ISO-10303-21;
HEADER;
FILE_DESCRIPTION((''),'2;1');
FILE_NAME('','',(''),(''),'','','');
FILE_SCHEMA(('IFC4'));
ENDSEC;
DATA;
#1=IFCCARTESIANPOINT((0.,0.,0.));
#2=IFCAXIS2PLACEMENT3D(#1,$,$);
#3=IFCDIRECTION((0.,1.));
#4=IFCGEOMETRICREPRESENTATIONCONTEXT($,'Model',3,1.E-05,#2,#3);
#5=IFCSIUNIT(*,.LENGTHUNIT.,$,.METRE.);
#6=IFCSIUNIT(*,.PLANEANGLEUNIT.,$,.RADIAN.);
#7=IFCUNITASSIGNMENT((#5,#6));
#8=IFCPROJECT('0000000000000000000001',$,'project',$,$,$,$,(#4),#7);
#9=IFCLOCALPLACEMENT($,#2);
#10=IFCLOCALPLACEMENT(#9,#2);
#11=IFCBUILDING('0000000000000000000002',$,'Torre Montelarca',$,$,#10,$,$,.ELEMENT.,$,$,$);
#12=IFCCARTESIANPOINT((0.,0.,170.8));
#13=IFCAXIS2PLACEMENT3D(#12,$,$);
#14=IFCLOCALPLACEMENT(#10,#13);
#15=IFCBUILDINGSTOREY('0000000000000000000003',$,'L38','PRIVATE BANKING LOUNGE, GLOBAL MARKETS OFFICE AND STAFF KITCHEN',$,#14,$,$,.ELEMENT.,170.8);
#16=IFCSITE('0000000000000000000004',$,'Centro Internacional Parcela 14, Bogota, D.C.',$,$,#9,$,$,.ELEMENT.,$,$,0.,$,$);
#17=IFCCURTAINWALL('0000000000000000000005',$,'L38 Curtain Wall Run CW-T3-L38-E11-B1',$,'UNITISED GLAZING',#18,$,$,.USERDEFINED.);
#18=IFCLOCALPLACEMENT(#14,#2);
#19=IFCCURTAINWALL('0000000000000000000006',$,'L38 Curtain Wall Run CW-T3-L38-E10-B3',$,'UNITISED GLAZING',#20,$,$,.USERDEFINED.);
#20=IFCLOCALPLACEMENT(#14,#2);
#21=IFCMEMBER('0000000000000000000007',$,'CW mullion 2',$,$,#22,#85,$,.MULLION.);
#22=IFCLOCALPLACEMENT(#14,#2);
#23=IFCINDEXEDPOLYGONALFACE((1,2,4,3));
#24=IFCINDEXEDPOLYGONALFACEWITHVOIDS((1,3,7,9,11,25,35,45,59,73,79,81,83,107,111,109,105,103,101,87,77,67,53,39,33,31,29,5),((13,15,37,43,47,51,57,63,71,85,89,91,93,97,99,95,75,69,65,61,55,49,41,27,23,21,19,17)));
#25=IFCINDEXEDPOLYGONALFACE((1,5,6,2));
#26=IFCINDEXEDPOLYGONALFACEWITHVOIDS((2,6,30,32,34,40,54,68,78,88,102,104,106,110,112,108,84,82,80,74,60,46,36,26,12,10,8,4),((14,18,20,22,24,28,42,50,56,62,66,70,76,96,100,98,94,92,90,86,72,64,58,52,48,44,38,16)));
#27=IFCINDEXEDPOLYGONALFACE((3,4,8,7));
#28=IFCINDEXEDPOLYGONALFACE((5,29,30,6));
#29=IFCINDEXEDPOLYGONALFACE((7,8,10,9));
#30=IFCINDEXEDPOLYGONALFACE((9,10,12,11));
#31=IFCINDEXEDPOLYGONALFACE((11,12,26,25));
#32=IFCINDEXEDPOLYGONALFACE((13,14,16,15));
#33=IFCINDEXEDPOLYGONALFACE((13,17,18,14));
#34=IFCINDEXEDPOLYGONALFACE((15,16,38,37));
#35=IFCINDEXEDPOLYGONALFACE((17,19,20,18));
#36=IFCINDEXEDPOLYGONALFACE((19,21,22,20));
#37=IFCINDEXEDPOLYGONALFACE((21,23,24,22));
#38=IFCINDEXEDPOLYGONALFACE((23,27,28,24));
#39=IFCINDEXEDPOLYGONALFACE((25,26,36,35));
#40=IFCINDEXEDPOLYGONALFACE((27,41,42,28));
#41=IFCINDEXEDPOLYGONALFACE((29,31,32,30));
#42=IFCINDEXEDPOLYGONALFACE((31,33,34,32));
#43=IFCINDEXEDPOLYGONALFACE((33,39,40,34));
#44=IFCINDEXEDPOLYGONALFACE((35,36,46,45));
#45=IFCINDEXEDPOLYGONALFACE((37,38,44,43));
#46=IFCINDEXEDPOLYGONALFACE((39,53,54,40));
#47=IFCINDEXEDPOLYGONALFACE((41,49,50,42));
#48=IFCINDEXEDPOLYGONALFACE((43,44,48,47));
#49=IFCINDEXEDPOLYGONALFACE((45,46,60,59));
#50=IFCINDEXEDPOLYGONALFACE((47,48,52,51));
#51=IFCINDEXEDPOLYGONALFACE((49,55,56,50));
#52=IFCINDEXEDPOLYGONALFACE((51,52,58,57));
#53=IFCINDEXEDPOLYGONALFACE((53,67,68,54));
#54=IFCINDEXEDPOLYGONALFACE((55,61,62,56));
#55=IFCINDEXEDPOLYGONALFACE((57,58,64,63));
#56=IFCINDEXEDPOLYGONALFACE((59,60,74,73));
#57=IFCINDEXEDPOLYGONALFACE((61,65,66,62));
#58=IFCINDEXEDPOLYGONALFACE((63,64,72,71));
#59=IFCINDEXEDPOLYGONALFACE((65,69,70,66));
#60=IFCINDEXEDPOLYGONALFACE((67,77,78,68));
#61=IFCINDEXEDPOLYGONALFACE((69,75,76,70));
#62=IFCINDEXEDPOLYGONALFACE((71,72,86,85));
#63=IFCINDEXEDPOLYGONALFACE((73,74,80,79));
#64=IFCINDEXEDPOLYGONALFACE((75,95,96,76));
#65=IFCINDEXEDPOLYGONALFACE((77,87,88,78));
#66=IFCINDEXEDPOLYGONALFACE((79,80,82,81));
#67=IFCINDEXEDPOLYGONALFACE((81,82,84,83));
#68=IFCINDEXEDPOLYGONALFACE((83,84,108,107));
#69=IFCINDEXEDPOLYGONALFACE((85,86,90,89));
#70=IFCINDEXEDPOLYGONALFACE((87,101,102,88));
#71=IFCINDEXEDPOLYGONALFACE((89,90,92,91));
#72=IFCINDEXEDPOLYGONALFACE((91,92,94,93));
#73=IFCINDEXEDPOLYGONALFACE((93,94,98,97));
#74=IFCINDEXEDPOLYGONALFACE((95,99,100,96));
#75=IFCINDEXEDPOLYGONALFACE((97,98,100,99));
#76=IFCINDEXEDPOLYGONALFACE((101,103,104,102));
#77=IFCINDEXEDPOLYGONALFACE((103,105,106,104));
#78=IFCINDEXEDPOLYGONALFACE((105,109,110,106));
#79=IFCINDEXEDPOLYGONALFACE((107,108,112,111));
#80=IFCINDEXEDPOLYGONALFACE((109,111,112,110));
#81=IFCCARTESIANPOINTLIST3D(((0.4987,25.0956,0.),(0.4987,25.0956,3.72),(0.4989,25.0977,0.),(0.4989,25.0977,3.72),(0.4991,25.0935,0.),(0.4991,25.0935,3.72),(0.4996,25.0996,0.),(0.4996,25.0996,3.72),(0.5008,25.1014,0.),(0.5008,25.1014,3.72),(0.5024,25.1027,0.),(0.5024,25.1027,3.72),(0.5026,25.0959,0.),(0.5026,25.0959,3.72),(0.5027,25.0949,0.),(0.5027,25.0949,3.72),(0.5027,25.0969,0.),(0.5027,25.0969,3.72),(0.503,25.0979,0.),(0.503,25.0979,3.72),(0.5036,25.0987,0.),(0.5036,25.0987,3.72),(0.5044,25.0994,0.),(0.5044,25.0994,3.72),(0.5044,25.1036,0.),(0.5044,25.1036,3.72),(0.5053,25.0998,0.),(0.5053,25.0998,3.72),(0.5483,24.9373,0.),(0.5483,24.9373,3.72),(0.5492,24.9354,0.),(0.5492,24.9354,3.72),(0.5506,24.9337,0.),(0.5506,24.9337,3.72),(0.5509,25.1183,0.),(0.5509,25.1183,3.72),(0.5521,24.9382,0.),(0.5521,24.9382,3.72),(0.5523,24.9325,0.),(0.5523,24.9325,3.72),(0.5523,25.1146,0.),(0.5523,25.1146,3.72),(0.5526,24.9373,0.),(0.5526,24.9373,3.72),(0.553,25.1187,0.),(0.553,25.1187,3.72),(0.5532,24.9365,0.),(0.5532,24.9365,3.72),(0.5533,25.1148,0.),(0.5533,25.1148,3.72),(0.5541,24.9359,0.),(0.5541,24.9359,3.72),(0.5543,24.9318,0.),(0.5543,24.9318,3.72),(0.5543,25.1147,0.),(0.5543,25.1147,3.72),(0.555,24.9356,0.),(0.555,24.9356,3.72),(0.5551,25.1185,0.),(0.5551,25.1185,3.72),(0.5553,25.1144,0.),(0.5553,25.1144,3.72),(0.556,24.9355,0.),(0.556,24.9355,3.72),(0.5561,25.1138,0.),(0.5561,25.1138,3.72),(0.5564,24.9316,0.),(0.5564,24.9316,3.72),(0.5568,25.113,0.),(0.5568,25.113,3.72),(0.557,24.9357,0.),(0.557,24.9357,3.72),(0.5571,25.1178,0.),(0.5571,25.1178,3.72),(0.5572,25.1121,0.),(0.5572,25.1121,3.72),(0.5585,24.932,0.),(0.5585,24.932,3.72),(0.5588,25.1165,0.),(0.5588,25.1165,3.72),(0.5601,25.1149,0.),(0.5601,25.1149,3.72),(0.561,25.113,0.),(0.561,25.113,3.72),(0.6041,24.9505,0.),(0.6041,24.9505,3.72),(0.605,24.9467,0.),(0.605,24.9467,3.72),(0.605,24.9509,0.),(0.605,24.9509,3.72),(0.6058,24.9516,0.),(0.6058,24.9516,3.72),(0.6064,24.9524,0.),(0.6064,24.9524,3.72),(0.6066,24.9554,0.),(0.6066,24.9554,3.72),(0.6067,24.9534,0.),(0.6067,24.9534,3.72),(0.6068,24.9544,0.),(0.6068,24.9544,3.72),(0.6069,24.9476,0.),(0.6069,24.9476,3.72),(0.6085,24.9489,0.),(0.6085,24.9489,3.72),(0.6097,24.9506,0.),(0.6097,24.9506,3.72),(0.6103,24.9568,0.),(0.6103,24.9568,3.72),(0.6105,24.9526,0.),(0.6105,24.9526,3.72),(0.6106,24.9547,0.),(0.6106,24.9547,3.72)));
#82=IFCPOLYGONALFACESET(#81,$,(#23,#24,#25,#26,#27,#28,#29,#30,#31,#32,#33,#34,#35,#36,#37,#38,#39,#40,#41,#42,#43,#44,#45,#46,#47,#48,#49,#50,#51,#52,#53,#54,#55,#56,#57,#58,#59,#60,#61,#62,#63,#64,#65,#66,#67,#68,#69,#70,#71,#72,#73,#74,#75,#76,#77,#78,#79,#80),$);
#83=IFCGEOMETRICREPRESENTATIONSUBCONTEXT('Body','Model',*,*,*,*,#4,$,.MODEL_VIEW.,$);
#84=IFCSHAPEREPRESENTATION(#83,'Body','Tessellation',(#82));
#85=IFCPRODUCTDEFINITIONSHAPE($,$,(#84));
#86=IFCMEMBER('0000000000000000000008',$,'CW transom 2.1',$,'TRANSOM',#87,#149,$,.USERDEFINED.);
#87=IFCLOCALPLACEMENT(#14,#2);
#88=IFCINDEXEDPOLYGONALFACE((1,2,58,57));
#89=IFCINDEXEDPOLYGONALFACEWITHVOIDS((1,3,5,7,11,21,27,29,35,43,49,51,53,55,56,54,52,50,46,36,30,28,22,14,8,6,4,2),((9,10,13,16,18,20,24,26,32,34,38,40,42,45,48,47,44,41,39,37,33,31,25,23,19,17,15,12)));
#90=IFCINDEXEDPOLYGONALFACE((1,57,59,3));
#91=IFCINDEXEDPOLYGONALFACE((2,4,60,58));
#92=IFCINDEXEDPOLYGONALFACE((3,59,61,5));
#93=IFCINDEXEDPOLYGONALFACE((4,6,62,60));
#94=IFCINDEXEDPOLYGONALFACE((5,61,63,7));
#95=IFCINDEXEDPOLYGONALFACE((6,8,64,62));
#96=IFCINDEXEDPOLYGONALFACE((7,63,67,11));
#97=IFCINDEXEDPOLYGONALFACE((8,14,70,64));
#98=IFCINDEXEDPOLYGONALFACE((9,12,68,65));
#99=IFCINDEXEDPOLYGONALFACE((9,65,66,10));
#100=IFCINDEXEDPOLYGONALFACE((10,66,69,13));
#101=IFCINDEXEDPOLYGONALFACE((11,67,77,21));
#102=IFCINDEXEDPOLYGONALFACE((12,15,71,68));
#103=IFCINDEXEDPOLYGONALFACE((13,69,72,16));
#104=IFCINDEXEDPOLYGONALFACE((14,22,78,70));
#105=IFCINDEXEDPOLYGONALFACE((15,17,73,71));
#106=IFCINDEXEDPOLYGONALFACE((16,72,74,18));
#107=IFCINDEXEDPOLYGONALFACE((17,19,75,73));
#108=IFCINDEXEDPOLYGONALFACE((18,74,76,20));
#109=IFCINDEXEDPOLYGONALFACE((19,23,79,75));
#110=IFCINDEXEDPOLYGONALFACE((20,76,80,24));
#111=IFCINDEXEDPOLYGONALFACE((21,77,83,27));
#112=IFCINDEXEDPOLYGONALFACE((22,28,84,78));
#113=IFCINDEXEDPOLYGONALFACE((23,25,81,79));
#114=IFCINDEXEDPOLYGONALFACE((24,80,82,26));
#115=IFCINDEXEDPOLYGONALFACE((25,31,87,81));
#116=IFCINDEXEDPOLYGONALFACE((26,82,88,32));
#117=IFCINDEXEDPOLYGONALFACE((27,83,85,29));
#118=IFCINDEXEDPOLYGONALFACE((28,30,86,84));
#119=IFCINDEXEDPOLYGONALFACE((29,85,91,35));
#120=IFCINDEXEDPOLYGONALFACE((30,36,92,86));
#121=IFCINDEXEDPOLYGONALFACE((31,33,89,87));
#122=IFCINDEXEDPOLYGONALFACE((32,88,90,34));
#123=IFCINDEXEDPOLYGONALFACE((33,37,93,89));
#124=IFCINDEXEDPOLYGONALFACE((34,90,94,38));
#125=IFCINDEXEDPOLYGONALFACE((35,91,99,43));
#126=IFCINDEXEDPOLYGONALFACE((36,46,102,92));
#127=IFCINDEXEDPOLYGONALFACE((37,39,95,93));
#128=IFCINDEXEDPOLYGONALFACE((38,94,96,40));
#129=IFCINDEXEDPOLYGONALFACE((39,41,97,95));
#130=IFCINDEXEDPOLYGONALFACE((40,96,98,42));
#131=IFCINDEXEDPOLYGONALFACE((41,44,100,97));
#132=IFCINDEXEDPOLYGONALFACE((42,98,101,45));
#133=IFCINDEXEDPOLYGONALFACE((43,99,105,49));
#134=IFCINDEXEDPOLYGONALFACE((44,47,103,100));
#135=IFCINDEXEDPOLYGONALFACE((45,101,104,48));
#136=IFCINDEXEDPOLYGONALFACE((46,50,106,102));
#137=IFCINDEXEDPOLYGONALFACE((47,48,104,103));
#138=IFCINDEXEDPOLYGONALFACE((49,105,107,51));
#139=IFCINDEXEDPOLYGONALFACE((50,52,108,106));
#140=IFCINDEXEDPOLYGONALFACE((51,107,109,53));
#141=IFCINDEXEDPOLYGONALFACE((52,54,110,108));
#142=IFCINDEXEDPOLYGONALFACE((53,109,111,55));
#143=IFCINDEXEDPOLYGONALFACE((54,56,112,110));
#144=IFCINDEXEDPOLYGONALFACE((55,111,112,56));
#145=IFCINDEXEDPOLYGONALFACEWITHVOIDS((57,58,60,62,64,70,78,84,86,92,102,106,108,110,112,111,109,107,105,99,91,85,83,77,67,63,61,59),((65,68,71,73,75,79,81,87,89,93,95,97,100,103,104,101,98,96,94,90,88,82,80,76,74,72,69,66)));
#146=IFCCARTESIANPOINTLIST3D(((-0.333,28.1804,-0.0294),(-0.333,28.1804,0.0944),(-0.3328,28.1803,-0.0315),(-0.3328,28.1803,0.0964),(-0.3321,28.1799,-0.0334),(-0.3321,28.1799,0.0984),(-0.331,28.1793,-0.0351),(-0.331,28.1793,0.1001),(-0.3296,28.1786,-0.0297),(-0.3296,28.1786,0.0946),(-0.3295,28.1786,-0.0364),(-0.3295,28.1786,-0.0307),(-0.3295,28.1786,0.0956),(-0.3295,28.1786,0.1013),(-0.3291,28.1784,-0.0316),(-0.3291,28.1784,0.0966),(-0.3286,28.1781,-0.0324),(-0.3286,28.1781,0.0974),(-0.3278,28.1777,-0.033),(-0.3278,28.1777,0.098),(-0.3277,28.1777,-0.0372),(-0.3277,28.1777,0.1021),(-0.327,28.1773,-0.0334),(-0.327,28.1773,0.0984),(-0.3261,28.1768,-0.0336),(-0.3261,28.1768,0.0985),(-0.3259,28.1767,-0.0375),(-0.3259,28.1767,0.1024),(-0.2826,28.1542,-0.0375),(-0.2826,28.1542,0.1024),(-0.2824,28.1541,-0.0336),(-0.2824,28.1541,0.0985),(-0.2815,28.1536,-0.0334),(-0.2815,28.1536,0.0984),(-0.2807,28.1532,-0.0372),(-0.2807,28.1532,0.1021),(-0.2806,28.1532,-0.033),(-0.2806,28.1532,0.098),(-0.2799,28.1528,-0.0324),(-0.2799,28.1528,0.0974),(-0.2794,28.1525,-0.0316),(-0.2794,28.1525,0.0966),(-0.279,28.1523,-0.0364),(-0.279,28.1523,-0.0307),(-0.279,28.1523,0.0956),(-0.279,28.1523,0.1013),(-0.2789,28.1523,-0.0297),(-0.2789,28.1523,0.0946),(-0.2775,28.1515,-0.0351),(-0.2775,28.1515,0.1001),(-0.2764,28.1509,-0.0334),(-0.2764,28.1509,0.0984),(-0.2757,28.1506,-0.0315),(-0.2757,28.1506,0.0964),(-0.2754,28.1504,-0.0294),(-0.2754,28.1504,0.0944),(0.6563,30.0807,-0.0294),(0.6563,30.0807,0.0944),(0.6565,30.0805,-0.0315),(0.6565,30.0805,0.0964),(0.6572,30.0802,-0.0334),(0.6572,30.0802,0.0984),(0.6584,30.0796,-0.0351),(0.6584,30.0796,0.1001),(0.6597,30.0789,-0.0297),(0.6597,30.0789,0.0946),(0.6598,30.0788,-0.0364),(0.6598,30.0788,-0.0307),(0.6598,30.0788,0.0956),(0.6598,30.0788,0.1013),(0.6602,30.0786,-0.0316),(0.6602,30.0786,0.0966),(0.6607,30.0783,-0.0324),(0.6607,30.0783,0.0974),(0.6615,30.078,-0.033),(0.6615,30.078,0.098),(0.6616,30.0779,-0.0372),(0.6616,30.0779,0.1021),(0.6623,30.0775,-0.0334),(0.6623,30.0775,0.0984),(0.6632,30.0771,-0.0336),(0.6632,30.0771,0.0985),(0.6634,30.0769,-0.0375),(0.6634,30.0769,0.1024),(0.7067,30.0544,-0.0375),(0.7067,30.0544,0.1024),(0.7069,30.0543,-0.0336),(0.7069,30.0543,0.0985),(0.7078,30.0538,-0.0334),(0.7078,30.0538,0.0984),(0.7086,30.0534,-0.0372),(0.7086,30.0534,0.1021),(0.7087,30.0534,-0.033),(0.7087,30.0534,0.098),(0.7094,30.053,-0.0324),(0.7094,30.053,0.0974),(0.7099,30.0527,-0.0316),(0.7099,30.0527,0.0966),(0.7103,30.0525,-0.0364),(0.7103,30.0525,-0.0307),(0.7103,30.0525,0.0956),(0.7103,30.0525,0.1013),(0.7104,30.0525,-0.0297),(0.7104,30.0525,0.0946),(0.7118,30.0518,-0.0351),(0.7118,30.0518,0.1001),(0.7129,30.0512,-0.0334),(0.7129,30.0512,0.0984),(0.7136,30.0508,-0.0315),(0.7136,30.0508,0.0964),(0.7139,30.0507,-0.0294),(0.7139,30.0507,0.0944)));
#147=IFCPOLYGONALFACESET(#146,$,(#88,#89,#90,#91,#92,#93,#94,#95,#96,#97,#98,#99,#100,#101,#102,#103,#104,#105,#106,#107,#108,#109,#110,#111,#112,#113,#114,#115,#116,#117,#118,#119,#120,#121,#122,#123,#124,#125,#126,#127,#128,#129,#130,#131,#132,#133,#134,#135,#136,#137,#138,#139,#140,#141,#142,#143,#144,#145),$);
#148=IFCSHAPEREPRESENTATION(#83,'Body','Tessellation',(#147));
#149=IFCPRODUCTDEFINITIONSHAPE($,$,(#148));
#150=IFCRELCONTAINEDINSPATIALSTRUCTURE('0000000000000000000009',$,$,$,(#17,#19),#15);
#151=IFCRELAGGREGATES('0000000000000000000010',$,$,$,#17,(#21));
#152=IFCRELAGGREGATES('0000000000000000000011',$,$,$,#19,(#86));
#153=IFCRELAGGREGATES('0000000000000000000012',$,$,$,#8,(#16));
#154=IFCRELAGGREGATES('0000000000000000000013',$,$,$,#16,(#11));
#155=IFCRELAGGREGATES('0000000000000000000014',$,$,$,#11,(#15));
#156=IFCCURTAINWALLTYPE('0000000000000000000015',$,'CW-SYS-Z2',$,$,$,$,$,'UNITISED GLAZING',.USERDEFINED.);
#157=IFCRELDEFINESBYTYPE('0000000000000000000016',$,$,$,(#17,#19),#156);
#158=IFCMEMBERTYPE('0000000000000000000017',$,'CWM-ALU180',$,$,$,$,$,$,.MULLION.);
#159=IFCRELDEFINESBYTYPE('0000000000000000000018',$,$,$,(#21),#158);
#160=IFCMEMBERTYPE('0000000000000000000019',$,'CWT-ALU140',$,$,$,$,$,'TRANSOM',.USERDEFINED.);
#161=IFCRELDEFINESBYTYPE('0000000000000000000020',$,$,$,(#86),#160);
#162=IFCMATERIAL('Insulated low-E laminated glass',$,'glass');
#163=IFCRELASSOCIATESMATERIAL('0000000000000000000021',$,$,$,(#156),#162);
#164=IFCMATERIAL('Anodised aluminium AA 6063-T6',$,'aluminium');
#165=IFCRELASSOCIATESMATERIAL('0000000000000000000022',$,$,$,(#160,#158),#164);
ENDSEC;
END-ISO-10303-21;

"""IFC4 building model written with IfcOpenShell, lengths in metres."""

from ifc_helpers import new_model, si_unit, direction, frame, origin, origin_2d, place, context, subcontext, project, spatial, hollow_rectangle, extrude, source, transform, mapped, material, material_profile, profile_set, type_object, element, aggregate, save


model = new_model("IFC4")

# Units and contexts
model_context = context("Model", 3, precision=1e-05, world=origin(), true_north=direction((0.0, 1.0)))
body_context = subcontext(model_context, "Body", "Model", "MODEL_VIEW")
ifc_project = project(units=[si_unit("LENGTHUNIT", "METRE"), si_unit("PLANEANGLEUNIT", "RADIAN")], contexts=[model_context])

# Site, building, storey
site_placement = place(None, origin())
site = spatial("IfcSite", under=ifc_project, at=site_placement, Name="Centro Internacional Parcela 14, Bogota, D.C.", CompositionType="ELEMENT", RefElevation=0.0)
building_placement = place(site_placement, origin())
building = spatial("IfcBuilding", under=site, at=building_placement, Name="Torre Montelarca", CompositionType="ELEMENT")
storey_placement = place(building_placement, frame((0.0, 0.0, 170.8)))
storey = spatial("IfcBuildingStorey", under=building, at=storey_placement, Name="L38", Description="PRIVATE BANKING LOUNGE, GLOBAL MARKETS OFFICE AND STAFF KITCHEN", CompositionType="ELEMENT", Elevation=170.8)

# Curtain wall
ifc_material_1 = material(Name="Insulated low-E laminated glass", Category="glass")
curtain_wall_type = type_object("IfcCurtainWallType", Name="CW-SYS-Z2", ElementType="UNITISED GLAZING", PredefinedType="USERDEFINED", material=ifc_material_1)
curtain_wall_1_placement = place(storey_placement, origin())
curtain_wall_1 = element("IfcCurtainWall", 1, at=curtain_wall_1_placement, inside=storey, type_object=curtain_wall_type, Name="L38 Curtain Wall Run CW-T3-L38-E11-B1", ObjectType="UNITISED GLAZING", PredefinedType="USERDEFINED")
ifc_material_2 = material(Name="Anodised aluminium AA 6063-T6", Category="aluminium")
ifc_material_profile_1 = material_profile(ifc_material_2, hollow_rectangle(XDim=0.0649, YDim=0.1399, WallThickness=0.0039, InnerFilletRadius=0.0039, OuterFilletRadius=0.0081, at=origin_2d()), Name="ALU65X140X4", Category="aluminium")
ifc_profile_set_1 = profile_set([ifc_material_profile_1], Name="Anodised aluminium AA 6063-T6")
member_type_1 = type_object("IfcMemberType", Name="CWT-ALU140", ElementType="TRANSOM", PredefinedType="USERDEFINED", material=ifc_profile_set_1)

# Curtain wall
curtain_wall_2_placement = place(storey_placement, origin())
curtain_wall_2 = element("IfcCurtainWall", 2, at=curtain_wall_2_placement, inside=storey, type_object=curtain_wall_type, Name="L38 Curtain Wall Run CW-T3-L38-E10-B3", ObjectType="UNITISED GLAZING", PredefinedType="USERDEFINED")
ifc_material_profile_2 = material_profile(ifc_material_2, hollow_rectangle(XDim=0.0649, YDim=0.1799, WallThickness=0.0039, InnerFilletRadius=0.0039, OuterFilletRadius=0.0081, at=origin_2d()), Name="ALU65X180X4", Category="aluminium")
ifc_profile_set_2 = profile_set([ifc_material_profile_2], Name="Anodised aluminium AA 6063-T6")
member_type_2 = type_object("IfcMemberType", Name="CWM-ALU180", PredefinedType="MULLION", material=ifc_profile_set_2)
shared_shape_1 = source(origin(), body_context, "Body", "SweptSolid", [
    extrude(hollow_rectangle(XDim=0.0649, YDim=0.1799, WallThickness=0.0039, InnerFilletRadius=0.0039, OuterFilletRadius=0.0081, at=origin_2d()), origin(), (0.0, 0.0, 1.0), 3.72),
])

# Members
member_1_placement = place(storey_placement, frame((0.5547, 25.0251, 0.0), z_axis=(0.0, 0.0, 1.0), x_axis=(0.953724, 0.300684, 0.0)))
member_1 = element("IfcMember", 3, at=member_1_placement, type_object=member_type_2, Name="CW mullion 2", PredefinedType="MULLION", context=body_context, shape_type="MappedRepresentation", body=[
    mapped(shared_shape_1, transform((0.0, 0.0, 0.0), scale=1.0)),
])
shared_shape_2 = source(origin(), body_context, "Body", "SweptSolid", [
    extrude(hollow_rectangle(XDim=0.0649, YDim=0.1399, WallThickness=0.0039, InnerFilletRadius=0.0039, OuterFilletRadius=0.0081, at=origin_2d()), origin(), (0.0, 0.0, 1.0), 2.1423),
])
member_2_placement = place(storey_placement, frame((0.6851, 30.0657, 0.0325), z_axis=(-0.461787, -0.886991, 0.0), x_axis=(0.886991, -0.461787, 0.0)))
member_2 = element("IfcMember", 4, at=member_2_placement, type_object=member_type_1, Name="CW transom 2.1", ObjectType="TRANSOM", PredefinedType="USERDEFINED", context=body_context, shape_type="MappedRepresentation", body=[
    mapped(shared_shape_2, transform((0.0, 0.0, 0.0), scale=1.0)),
])

aggregate(curtain_wall_1, [member_1])
aggregate(curtain_wall_2, [member_2])

save(model, "model.ifc")
